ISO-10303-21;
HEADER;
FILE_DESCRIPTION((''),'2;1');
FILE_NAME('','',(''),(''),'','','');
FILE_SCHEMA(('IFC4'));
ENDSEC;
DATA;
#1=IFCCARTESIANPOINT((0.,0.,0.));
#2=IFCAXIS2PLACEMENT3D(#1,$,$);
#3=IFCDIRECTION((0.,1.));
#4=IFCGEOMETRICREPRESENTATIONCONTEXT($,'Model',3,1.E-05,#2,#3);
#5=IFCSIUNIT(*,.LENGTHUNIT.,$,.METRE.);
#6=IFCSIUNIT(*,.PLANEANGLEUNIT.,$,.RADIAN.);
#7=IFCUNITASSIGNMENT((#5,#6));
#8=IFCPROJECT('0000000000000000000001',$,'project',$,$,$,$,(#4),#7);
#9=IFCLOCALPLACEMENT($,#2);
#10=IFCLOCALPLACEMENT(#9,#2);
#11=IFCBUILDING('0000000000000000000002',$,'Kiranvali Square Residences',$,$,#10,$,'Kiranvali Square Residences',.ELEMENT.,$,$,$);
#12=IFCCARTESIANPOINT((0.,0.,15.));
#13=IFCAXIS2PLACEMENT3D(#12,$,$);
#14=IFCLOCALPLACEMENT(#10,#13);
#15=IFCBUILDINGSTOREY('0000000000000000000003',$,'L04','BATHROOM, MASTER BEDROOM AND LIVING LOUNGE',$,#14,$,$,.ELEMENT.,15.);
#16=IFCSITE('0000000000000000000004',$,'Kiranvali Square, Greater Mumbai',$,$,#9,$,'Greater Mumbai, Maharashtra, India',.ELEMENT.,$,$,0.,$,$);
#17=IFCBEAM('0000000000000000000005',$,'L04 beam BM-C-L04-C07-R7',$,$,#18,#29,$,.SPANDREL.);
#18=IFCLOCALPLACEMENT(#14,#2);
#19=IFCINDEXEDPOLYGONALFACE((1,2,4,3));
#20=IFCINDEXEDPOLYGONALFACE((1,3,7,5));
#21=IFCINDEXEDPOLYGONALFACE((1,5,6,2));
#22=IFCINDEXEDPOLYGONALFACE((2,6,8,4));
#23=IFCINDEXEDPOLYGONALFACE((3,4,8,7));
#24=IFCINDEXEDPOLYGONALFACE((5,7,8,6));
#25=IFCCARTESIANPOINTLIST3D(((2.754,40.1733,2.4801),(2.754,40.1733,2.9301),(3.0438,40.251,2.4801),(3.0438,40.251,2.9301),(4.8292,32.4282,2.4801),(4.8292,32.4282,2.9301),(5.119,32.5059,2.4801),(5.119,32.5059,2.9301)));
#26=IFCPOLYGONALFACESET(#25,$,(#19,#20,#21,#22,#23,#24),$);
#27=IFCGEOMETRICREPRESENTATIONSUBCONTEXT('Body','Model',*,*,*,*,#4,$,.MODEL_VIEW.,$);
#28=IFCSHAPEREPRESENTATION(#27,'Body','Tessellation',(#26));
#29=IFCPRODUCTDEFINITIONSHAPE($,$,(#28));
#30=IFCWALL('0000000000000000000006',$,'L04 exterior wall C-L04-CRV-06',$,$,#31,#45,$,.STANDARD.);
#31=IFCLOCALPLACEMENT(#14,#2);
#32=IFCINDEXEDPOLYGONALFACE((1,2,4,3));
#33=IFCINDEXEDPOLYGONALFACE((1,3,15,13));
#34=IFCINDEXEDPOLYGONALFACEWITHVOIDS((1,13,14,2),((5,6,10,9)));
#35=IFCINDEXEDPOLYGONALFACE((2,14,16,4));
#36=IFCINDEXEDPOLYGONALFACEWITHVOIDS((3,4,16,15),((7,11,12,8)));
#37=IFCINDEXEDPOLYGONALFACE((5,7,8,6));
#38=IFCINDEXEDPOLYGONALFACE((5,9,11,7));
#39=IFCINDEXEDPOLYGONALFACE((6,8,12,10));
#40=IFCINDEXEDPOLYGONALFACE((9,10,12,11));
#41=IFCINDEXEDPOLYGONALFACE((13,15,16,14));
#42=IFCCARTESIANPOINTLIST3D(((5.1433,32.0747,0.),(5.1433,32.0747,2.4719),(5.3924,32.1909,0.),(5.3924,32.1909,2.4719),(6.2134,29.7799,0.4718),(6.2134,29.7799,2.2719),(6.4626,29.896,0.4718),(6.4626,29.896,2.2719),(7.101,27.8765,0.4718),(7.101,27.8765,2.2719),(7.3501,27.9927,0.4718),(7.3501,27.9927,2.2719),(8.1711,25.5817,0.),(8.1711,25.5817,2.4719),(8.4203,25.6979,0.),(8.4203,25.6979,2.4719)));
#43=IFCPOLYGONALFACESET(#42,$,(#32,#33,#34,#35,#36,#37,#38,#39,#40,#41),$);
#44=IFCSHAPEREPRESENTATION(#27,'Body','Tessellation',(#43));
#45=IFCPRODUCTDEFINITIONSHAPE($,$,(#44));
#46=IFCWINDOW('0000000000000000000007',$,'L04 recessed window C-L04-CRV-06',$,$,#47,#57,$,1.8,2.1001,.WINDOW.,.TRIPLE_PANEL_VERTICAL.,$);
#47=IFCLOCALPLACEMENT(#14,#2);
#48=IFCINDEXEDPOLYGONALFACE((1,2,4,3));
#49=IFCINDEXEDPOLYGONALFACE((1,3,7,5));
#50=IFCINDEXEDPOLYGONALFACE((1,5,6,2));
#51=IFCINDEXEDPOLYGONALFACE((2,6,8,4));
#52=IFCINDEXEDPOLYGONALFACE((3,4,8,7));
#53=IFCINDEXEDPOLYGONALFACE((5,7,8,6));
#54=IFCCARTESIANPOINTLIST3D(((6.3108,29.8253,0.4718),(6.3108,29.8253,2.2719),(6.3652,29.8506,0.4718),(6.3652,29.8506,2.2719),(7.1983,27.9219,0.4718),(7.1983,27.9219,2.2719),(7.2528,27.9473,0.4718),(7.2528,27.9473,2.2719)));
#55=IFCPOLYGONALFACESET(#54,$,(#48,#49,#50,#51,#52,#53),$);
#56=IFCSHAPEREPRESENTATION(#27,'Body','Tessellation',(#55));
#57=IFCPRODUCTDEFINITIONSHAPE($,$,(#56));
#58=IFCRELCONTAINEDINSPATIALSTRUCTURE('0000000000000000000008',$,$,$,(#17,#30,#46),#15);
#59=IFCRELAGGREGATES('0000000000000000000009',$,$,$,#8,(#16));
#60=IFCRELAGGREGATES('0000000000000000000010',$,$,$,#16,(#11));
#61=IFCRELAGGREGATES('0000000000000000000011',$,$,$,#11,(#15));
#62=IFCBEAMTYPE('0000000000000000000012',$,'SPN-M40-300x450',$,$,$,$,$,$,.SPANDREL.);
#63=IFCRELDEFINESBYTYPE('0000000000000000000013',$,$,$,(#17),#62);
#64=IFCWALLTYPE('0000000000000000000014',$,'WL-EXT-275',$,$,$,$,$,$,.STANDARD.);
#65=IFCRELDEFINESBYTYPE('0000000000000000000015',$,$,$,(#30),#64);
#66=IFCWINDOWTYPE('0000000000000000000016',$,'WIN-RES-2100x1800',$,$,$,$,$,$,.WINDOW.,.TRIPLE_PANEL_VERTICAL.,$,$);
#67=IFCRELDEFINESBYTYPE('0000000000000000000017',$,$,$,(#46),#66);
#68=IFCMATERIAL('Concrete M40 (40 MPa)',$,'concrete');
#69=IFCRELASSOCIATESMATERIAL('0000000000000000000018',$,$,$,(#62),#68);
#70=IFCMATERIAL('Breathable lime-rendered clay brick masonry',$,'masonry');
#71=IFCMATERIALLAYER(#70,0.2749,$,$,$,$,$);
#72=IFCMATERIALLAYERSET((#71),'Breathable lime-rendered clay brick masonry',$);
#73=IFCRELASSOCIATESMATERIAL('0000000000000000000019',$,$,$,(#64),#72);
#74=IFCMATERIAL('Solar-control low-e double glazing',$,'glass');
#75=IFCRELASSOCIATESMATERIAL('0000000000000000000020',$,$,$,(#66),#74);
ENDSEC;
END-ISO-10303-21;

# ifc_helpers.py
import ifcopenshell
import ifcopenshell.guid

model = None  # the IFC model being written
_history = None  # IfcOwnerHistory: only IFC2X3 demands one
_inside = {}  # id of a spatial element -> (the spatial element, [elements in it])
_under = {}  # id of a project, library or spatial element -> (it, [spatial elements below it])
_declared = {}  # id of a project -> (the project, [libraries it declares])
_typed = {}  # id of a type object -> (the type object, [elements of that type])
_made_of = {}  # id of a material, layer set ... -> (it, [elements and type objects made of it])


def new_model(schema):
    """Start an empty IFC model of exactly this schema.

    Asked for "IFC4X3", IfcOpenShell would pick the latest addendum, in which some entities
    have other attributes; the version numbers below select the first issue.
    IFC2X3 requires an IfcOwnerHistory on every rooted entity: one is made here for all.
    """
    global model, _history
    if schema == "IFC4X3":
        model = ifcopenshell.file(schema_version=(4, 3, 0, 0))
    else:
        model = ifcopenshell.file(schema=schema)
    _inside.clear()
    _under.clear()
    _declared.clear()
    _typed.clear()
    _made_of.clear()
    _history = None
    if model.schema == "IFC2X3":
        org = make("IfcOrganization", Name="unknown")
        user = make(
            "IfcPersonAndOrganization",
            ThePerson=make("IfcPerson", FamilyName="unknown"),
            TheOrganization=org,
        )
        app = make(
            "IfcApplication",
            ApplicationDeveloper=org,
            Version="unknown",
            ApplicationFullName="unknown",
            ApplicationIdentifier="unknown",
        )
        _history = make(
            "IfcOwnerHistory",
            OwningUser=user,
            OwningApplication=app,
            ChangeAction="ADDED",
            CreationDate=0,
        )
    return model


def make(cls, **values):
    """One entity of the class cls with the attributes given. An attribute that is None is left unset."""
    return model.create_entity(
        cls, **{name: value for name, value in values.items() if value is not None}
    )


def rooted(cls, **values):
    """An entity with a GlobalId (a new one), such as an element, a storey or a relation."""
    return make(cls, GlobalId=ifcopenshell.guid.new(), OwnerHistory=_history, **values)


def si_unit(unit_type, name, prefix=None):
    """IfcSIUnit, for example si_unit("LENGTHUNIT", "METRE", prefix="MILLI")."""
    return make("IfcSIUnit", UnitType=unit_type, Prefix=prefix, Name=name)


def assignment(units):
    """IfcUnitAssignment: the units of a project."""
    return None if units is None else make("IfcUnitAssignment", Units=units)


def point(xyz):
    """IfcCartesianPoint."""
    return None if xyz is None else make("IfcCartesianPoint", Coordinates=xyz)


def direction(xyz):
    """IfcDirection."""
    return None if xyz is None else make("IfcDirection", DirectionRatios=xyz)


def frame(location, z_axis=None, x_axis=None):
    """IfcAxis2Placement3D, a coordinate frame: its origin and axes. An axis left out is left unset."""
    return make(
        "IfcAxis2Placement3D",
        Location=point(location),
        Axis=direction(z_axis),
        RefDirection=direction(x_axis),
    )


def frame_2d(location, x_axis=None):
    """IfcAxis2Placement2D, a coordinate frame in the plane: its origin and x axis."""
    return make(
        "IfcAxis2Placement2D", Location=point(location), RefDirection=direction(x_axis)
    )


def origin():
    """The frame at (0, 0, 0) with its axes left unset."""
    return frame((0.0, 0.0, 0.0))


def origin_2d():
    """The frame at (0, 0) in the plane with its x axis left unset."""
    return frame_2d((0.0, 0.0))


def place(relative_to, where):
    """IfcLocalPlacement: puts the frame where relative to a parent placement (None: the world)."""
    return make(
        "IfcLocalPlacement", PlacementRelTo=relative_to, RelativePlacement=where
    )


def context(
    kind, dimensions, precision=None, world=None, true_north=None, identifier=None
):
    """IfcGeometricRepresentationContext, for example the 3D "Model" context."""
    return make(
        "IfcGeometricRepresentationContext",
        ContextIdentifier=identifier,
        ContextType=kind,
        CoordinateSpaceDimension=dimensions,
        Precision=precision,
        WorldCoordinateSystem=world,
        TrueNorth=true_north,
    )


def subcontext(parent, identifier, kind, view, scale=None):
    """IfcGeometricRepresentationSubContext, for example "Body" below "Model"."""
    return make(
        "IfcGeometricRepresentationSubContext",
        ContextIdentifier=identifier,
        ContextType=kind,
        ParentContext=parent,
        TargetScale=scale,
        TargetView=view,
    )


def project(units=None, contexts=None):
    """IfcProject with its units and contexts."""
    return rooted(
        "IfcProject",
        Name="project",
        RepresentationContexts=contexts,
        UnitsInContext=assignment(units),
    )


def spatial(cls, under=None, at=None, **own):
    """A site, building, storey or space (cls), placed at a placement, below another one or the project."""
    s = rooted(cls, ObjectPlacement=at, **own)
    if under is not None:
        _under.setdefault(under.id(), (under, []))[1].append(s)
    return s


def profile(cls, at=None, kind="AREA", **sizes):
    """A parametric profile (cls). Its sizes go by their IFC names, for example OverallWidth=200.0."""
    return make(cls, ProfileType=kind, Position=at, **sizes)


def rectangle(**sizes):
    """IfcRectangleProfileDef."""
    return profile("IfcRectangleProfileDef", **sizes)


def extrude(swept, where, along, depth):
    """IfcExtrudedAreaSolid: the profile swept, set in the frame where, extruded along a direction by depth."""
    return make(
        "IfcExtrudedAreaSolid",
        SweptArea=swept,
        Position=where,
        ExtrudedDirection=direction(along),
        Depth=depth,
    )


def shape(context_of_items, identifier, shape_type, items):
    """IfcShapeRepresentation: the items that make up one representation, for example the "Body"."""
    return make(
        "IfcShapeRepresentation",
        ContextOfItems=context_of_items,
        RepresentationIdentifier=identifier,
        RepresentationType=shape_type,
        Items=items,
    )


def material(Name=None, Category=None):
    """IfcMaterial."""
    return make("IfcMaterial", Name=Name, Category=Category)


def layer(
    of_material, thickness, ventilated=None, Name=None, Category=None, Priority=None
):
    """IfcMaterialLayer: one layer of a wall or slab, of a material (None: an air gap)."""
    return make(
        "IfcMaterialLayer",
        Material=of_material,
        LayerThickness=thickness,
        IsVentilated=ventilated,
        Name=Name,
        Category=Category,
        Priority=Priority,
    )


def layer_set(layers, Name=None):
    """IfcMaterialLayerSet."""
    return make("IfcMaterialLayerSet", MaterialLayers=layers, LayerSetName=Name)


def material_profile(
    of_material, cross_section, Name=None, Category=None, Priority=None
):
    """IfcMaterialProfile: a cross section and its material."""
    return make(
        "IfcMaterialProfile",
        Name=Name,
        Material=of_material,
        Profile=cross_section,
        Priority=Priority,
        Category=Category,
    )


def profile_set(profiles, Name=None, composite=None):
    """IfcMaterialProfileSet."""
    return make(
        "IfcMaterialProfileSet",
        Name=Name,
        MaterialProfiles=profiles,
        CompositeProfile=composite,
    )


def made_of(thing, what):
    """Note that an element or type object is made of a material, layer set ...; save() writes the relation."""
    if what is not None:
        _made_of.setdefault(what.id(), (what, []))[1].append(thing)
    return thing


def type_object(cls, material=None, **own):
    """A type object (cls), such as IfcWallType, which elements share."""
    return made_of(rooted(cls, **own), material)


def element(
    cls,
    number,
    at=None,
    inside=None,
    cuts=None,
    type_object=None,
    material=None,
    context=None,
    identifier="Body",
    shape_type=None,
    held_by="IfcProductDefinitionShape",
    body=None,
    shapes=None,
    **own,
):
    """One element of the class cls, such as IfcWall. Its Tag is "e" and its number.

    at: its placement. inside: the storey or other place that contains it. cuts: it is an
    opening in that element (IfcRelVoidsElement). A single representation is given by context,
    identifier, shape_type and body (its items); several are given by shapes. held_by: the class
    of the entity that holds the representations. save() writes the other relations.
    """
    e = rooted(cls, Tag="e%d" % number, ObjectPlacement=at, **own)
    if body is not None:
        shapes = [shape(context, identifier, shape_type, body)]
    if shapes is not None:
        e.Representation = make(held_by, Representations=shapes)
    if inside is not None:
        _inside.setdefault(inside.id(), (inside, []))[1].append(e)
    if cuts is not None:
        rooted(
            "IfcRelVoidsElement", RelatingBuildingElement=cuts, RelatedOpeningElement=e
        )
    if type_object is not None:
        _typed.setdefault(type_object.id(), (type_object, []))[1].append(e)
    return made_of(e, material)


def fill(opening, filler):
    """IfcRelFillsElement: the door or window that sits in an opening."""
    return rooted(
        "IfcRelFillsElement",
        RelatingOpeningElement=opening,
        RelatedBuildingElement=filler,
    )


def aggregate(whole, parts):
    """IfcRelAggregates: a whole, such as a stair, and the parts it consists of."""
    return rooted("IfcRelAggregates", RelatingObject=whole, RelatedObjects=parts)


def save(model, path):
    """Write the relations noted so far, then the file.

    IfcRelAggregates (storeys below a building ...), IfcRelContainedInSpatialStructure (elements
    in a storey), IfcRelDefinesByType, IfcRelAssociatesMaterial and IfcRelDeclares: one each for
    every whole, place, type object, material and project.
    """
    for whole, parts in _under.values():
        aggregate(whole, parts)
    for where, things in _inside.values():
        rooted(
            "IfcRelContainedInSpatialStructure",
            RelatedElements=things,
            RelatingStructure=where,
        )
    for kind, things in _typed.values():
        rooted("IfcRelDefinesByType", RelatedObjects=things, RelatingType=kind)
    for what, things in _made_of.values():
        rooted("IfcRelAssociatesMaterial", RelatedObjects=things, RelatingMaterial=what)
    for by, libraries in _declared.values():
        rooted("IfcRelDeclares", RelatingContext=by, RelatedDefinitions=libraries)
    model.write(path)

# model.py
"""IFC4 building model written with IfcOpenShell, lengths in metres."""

from ifc_helpers import new_model, si_unit, direction, frame, frame_2d, origin, origin_2d, place, context, subcontext, project, spatial, rectangle, extrude, material, layer, layer_set, material_profile, profile_set, type_object, element, fill, save


model = new_model("IFC4")

# Units and contexts
model_context = context("Model", 3, precision=1e-05, world=origin(), true_north=direction((0.0, 1.0)))
body_context = subcontext(model_context, "Body", "Model", "MODEL_VIEW")
ifc_project = project(units=[si_unit("LENGTHUNIT", "METRE"), si_unit("PLANEANGLEUNIT", "RADIAN")], contexts=[model_context])

# Site, building, storey
site_placement = place(None, origin())
site = spatial("IfcSite", under=ifc_project, at=site_placement, Name="Kiranvali Square, Greater Mumbai", LongName="Greater Mumbai, Maharashtra, India", CompositionType="ELEMENT", RefElevation=0.0)
building_placement = place(site_placement, origin())
building = spatial("IfcBuilding", under=site, at=building_placement, Name="Kiranvali Square Residences", LongName="Kiranvali Square Residences", CompositionType="ELEMENT")
storey_placement = place(building_placement, frame((0.0, 0.0, 15.0)))
storey = spatial("IfcBuildingStorey", under=building, at=storey_placement, Name="L04", Description="BATHROOM, MASTER BEDROOM AND LIVING LOUNGE", CompositionType="ELEMENT", Elevation=15.0)

# Beam
ifc_material_1 = material(Name="Concrete M40 (40 MPa)", Category="concrete")
ifc_material_profile_1 = material_profile(ifc_material_1, rectangle(XDim=0.3, YDim=0.45, at=origin_2d()), Name="RC 300x450")
ifc_profile_set_1 = profile_set([ifc_material_profile_1], Name="Concrete M40 (40 MPa)")
beam_type_1 = type_object("IfcBeamType", Name="SPN-M40-300x450", PredefinedType="SPANDREL", material=ifc_profile_set_1)
for number, where, z_axis, x_axis, name in (
    (1, (4.9741, 32.467, 2.7051), (-0.258807, 0.965929, 0.0), (-0.965929, -0.258807, 0.0), "L04 beam BM-C-L04-C07-R7"),
):
    element("IfcBeam", number, at=place(storey_placement, frame(where, z_axis=z_axis, x_axis=x_axis)), inside=storey, type_object=beam_type_1, Name=name, PredefinedType="SPANDREL", context=body_context, shape_type="SweptSolid", body=[
        extrude(rectangle(XDim=0.3, YDim=0.45, at=origin_2d()), origin(), (0.0, 0.0, 1.0), 8.0183),
    ])

# Wall, opening, window
ifc_material_2 = material(Name="Breathable lime-rendered clay brick masonry", Category="masonry")
ifc_layer = layer(ifc_material_2, 0.2749)
ifc_layer_set = layer_set([ifc_layer], Name="Breathable lime-rendered clay brick masonry")
wall_type = type_object("IfcWallType", Name="WL-EXT-275", PredefinedType="STANDARD", material=ifc_layer_set)
wall_1_placement = place(storey_placement, frame((8.2957, 25.6399, 0.0), z_axis=(0.0, 0.0, 1.0), x_axis=(-0.422634, 0.906301, 0.0)))
wall_1 = element("IfcWall", 2, at=wall_1_placement, inside=storey, type_object=wall_type, Name="L04 exterior wall C-L04-CRV-06", PredefinedType="STANDARD", context=body_context, shape_type="SweptSolid", body=[
    extrude(rectangle(XDim=7.1643, YDim=0.2749, at=frame_2d((3.582, 0.0))), origin(), (0.0, 0.0, 1.0), 2.4719),
])
opening_1_placement = place(wall_1_placement, frame((2.532, 0.0, 0.4719)))
opening_1 = element("IfcOpeningElement", 3, at=opening_1_placement, cuts=wall_1, PredefinedType="OPENING", context=body_context, shape_type="SweptSolid", body=[
    extrude(rectangle(XDim=2.1001, YDim=1.8, at=frame_2d((1.05, 0.8999))), frame((0.0, 0.1475, 0.0), z_axis=(0.0, -1.0, 0.0), x_axis=(1.0, 0.0, 0.0)), (0.0, 0.0, 1.0), 0.2949),
])
ifc_material_3 = material(Name="Solar-control low-e double glazing", Category="glass")
window_type_1 = type_object("IfcWindowType", Name="WIN-RES-2100x1800", PartitioningType="TRIPLE_PANEL_VERTICAL", PredefinedType="WINDOW", material=ifc_material_3)
window_1_placement = place(opening_1_placement, origin())
window_1 = element("IfcWindow", 4, at=window_1_placement, inside=storey, type_object=window_type_1, Name="L04 recessed window C-L04-CRV-06", OverallHeight=1.8, OverallWidth=2.1001, PartitioningType="TRIPLE_PANEL_VERTICAL", PredefinedType="WINDOW", context=body_context, shape_type="SweptSolid", body=[
    extrude(rectangle(XDim=2.1001, YDim=1.8, at=frame_2d((1.05, 0.8999))), frame((0.0, 0.03, 0.0), z_axis=(0.0, -1.0, 0.0), x_axis=(1.0, 0.0, 0.0)), (0.0, 0.0, 1.0), 0.0601),
])
fill(opening_1, window_1)

save(model, "model.ifc")
